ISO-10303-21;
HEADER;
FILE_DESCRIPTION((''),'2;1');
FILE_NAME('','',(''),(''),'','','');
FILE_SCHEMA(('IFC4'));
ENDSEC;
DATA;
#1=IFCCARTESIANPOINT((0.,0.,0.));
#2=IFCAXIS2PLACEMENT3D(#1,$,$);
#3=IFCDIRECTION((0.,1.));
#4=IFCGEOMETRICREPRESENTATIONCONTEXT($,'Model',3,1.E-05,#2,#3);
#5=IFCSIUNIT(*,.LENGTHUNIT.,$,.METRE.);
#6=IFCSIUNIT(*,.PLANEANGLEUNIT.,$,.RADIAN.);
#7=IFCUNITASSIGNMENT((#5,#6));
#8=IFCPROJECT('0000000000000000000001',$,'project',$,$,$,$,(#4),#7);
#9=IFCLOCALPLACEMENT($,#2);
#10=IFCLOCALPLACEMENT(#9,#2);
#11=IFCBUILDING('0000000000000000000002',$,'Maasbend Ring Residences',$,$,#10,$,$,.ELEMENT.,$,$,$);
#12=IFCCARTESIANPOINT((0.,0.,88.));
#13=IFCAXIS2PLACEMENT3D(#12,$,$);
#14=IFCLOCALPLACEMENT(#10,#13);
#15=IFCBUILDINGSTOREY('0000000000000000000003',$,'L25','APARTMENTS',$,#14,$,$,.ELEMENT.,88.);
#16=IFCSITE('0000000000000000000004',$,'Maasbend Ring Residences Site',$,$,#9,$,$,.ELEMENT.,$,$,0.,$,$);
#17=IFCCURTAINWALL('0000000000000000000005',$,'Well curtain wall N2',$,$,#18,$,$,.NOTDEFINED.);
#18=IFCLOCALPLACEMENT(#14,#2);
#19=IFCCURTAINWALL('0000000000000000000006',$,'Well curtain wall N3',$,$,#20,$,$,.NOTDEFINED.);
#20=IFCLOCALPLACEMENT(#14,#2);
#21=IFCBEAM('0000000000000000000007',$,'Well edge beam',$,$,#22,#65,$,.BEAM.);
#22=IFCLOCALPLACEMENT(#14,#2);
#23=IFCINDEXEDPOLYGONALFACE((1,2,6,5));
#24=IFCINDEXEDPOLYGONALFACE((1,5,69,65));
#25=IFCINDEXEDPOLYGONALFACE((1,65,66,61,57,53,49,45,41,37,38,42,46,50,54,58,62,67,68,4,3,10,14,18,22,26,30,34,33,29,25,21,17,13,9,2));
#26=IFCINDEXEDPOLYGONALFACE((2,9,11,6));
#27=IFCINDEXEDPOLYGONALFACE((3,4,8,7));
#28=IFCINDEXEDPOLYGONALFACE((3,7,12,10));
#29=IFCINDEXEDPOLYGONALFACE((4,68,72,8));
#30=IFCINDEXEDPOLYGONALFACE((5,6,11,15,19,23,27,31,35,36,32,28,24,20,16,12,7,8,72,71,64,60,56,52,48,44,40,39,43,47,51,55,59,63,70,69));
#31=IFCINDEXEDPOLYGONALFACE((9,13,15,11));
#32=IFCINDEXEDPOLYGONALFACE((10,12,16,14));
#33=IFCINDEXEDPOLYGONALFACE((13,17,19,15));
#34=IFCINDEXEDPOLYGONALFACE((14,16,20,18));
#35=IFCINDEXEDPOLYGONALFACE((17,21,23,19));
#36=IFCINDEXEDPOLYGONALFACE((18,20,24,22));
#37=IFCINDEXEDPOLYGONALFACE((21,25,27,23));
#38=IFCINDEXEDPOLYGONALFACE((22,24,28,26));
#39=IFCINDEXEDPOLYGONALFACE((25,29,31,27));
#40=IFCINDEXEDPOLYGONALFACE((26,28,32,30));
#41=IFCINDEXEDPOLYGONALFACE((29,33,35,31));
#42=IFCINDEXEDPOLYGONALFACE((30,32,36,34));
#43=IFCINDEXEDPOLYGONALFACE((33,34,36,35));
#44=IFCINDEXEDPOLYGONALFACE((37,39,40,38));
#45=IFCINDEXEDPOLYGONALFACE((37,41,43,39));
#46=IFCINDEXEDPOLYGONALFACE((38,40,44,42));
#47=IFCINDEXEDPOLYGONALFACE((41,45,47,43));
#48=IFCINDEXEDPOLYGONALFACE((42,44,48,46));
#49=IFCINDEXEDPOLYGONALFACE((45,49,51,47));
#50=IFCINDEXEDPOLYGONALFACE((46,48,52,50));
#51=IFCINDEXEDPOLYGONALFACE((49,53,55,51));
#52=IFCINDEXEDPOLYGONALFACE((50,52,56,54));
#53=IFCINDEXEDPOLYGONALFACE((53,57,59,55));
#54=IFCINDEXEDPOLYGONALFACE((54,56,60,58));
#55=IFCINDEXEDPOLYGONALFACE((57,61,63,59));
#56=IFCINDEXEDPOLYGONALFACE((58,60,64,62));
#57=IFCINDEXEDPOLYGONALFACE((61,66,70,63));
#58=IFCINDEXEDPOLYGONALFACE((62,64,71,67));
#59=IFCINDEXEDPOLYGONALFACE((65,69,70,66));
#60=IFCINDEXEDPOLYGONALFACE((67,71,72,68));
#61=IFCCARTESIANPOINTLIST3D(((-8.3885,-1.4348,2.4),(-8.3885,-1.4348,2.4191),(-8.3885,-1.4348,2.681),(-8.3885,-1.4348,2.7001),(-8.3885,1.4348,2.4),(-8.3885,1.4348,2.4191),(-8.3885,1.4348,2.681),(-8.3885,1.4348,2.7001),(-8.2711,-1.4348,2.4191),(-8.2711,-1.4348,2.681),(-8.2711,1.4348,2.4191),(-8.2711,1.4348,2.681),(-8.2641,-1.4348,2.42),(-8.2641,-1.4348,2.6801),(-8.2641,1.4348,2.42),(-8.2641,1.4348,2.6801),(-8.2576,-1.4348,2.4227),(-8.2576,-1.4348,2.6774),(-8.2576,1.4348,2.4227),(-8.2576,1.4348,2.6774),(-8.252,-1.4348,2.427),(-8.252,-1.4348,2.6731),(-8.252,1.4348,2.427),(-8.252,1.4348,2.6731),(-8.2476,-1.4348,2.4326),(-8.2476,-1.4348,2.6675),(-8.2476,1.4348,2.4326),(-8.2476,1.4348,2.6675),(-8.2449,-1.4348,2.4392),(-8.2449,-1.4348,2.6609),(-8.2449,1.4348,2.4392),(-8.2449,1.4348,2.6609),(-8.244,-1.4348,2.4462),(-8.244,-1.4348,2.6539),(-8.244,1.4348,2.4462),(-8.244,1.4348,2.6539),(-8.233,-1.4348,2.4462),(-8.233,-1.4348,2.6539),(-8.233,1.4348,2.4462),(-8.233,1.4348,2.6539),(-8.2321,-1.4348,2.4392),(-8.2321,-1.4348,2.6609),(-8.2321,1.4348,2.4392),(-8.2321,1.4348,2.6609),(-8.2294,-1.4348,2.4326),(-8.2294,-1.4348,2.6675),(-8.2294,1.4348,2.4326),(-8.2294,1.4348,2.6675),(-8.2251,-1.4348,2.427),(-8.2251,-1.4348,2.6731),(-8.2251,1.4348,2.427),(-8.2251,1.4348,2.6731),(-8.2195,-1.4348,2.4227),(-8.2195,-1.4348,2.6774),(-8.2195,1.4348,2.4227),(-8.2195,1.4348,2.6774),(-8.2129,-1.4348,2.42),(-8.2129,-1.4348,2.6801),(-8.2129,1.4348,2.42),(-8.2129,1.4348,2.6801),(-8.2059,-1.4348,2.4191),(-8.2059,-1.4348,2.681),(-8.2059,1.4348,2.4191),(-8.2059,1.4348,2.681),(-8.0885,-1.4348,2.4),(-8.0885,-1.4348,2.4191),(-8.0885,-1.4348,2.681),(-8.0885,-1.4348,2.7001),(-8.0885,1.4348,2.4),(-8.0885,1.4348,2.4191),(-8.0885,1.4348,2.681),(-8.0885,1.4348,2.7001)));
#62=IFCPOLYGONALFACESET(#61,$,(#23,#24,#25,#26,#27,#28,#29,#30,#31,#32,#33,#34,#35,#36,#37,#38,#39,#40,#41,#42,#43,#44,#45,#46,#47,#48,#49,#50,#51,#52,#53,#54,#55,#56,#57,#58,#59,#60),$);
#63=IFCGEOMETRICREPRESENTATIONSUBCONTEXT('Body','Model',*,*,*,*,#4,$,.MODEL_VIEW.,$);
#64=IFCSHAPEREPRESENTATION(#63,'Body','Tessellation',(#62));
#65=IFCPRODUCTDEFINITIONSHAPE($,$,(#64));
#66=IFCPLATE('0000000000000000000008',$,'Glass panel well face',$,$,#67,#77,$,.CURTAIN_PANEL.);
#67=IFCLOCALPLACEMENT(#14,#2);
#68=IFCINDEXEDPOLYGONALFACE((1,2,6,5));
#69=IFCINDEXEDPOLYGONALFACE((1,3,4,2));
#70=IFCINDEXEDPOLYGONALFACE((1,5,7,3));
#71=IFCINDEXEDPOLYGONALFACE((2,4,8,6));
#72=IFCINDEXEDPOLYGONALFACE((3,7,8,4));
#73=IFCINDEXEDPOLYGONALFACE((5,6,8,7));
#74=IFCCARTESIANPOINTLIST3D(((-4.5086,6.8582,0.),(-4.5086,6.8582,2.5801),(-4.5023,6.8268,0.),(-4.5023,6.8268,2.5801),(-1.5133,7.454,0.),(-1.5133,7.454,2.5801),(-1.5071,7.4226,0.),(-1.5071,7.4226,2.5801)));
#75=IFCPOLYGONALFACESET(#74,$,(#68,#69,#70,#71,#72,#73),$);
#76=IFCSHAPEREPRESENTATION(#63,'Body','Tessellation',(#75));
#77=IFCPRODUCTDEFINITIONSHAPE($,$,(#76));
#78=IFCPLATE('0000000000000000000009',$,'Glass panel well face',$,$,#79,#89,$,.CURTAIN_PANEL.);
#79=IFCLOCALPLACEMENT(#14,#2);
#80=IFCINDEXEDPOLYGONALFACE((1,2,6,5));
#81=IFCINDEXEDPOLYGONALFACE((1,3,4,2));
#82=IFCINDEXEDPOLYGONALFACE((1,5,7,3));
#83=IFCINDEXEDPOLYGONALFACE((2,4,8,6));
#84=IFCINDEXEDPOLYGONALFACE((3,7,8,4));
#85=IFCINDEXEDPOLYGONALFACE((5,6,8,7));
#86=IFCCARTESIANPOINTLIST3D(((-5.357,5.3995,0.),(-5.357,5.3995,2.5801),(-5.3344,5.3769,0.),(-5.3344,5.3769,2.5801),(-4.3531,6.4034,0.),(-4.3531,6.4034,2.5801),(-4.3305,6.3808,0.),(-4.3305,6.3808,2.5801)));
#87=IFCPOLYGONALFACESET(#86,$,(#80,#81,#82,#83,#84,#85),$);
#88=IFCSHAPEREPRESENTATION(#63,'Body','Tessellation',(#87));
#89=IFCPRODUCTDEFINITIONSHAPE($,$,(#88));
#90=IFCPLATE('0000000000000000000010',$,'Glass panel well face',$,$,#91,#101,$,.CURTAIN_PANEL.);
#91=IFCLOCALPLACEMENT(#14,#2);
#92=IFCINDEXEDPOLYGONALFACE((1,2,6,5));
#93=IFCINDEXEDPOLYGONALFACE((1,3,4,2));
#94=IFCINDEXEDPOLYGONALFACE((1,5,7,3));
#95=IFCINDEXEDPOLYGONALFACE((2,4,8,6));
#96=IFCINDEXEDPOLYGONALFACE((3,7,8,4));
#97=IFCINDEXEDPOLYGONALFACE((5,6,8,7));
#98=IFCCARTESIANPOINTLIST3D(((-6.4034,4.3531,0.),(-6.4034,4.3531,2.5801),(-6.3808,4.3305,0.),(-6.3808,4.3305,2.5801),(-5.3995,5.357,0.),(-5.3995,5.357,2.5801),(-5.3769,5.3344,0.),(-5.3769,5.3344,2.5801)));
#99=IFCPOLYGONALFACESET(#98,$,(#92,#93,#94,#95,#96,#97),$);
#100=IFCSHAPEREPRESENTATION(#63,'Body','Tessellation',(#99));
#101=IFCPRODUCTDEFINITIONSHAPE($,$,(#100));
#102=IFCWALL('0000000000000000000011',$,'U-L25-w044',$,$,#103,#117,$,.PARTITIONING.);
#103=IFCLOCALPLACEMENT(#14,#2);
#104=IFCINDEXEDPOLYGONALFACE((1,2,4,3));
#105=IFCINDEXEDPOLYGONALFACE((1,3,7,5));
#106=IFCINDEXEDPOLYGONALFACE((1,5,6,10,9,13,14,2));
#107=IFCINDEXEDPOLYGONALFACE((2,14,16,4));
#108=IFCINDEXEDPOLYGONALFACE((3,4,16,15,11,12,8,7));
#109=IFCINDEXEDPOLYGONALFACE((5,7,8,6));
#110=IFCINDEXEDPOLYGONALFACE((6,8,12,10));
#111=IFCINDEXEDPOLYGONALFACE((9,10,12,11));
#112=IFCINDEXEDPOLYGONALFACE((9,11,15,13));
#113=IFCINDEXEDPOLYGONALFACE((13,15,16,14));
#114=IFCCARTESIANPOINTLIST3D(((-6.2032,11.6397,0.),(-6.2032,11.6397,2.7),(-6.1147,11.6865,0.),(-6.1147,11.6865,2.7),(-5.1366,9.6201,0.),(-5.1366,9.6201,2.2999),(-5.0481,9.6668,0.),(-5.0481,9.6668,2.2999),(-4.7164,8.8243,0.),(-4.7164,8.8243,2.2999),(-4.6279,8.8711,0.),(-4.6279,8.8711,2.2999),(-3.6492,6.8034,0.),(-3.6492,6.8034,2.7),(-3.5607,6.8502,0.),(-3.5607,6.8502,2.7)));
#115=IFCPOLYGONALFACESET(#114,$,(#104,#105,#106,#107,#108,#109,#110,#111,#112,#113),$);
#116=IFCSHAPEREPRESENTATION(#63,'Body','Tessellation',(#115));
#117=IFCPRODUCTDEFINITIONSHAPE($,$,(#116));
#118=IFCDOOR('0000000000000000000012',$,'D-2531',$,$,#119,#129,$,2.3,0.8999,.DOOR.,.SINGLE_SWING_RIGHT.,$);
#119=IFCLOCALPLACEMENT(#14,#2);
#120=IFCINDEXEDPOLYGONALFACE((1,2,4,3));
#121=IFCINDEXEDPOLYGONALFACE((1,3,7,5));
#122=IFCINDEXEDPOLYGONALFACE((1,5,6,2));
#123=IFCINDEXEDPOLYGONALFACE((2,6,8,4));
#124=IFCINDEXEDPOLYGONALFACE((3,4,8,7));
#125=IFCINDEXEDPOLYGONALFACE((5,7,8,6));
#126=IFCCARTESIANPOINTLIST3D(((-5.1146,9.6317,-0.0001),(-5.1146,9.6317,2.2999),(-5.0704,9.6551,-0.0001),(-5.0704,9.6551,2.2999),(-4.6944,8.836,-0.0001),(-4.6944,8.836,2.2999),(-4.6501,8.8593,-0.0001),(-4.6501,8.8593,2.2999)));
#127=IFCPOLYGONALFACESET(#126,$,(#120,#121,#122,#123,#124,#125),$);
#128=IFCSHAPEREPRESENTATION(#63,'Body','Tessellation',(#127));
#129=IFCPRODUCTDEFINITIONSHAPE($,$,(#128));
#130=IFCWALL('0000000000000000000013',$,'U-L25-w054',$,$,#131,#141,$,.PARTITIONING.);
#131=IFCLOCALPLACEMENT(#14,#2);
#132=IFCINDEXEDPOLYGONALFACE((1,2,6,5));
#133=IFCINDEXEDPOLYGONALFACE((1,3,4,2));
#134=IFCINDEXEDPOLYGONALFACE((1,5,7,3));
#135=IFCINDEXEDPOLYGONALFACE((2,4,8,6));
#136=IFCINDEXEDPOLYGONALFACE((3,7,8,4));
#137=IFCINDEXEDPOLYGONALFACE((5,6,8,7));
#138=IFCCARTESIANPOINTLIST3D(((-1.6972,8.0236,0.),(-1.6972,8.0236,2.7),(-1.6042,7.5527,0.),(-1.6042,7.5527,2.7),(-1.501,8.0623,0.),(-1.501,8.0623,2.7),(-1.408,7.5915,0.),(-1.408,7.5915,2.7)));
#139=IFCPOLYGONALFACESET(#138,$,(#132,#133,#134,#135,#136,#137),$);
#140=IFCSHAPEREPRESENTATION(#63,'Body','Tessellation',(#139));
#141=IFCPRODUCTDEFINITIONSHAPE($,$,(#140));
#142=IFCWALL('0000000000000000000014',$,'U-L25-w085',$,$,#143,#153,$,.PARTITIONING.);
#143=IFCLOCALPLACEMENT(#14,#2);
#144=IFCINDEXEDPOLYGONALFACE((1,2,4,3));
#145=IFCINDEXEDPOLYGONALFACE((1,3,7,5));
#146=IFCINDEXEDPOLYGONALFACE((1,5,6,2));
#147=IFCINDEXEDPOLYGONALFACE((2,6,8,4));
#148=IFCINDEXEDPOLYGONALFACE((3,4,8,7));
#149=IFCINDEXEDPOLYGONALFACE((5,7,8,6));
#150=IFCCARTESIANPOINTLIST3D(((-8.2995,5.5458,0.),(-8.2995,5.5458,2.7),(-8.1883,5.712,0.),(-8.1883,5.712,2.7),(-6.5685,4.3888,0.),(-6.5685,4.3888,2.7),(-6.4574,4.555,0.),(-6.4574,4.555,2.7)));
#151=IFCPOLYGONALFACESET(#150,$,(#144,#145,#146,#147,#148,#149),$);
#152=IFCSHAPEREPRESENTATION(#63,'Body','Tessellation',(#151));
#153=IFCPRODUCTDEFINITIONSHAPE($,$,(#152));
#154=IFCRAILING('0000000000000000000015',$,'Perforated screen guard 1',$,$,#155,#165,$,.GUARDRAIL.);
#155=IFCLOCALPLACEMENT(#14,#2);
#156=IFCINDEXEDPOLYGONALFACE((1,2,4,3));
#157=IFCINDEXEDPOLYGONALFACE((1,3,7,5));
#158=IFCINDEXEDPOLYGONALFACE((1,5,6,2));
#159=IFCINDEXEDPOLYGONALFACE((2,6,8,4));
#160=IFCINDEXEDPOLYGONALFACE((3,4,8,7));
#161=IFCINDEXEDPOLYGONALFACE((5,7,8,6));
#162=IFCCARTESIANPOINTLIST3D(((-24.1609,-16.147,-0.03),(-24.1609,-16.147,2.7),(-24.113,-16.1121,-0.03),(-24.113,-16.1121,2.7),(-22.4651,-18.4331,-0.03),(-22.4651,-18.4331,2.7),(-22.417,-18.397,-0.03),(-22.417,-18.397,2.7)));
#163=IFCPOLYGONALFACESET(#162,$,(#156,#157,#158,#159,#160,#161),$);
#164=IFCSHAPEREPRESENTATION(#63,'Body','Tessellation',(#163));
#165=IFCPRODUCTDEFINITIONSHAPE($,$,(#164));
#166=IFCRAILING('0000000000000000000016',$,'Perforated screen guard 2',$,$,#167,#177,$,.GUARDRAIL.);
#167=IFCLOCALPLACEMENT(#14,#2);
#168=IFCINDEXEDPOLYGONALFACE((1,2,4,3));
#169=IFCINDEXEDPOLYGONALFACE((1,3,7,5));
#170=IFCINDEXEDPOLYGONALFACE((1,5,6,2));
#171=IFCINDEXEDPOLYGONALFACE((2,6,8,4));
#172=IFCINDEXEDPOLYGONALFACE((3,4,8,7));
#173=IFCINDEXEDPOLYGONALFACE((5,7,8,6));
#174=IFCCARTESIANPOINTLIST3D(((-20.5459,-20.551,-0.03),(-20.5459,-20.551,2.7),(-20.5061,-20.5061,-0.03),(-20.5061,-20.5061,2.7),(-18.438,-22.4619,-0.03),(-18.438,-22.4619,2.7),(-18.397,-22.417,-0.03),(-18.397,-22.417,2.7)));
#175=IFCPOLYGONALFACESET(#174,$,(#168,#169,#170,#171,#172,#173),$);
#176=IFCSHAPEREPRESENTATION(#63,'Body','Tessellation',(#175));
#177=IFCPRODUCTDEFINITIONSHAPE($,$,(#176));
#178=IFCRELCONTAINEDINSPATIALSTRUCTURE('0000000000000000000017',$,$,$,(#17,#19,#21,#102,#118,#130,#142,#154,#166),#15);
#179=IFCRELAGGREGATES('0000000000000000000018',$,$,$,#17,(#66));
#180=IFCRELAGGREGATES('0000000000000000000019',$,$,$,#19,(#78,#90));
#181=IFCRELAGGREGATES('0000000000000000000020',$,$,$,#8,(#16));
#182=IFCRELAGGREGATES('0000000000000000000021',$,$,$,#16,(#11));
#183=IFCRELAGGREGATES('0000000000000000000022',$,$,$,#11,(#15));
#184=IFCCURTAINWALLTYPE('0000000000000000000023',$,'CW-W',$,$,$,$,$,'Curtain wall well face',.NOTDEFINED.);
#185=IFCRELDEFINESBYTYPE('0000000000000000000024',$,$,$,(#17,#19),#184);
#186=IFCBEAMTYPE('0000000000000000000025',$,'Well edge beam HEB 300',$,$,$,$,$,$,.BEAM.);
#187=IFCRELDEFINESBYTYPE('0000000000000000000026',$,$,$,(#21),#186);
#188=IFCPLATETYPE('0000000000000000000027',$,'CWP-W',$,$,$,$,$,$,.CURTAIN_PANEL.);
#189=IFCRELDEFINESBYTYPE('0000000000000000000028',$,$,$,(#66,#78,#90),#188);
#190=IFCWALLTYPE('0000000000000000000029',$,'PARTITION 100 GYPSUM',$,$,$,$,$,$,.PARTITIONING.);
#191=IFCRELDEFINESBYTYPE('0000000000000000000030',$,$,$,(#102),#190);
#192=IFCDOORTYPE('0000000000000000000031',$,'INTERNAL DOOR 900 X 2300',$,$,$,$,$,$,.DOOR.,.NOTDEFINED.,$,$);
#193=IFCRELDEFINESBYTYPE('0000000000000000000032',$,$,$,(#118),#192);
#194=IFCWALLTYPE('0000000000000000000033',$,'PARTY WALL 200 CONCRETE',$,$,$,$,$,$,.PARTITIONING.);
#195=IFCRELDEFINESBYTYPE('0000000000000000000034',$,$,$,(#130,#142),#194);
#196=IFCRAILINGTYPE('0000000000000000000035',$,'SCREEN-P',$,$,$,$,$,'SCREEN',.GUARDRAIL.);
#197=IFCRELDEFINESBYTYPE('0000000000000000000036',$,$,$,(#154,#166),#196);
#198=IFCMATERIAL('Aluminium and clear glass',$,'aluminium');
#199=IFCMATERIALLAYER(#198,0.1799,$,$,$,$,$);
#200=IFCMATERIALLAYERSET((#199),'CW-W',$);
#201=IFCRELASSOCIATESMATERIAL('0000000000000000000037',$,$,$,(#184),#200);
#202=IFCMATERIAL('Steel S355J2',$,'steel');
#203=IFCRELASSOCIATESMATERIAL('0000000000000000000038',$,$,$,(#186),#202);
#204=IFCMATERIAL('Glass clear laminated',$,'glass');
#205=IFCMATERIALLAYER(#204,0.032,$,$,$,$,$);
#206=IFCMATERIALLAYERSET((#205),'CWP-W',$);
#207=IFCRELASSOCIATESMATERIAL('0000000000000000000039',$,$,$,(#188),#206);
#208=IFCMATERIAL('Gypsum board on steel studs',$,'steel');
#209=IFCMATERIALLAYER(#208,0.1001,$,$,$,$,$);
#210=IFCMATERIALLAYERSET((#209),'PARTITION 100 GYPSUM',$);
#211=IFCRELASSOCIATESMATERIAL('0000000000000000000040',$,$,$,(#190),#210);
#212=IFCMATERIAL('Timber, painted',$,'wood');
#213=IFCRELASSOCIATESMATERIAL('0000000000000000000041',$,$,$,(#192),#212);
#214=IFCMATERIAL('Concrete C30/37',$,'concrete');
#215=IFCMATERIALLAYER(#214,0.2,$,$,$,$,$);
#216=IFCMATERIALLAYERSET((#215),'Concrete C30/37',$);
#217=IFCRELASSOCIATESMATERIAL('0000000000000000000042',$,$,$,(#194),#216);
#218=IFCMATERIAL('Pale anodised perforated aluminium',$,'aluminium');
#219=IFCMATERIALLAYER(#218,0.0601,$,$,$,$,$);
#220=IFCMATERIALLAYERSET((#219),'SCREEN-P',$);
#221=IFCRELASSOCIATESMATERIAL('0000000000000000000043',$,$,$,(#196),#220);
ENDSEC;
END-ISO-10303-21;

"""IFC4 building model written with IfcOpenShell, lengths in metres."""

from ifc_helpers import new_model, si_unit, direction, frame, frame_2d, origin, origin_2d, place, context, subcontext, project, spatial, polyline, rectangle, i_section, outline, extrude, material, layer, layer_set, material_profile, profile_set, type_object, element, fill, aggregate, save


model = new_model("IFC4")

# Units and contexts
model_context = context("Model", 3, precision=1e-05, world=origin(), true_north=direction((0.0, 1.0)))
body_context = subcontext(model_context, "Body", "Model", "MODEL_VIEW")
ifc_project = project(units=[si_unit("LENGTHUNIT", "METRE"), si_unit("PLANEANGLEUNIT", "RADIAN")], contexts=[model_context])

# Site, building, storey
site_placement = place(None, origin())
site = spatial("IfcSite", under=ifc_project, at=site_placement, Name="Maasbend Ring Residences Site", CompositionType="ELEMENT", RefElevation=0.0)
building_placement = place(site_placement, origin())
building = spatial("IfcBuilding", under=site, at=building_placement, Name="Maasbend Ring Residences", CompositionType="ELEMENT")
storey_placement = place(building_placement, frame((0.0, 0.0, 88.0)))
storey = spatial("IfcBuildingStorey", under=building, at=storey_placement, Name="L25", Description="APARTMENTS", CompositionType="ELEMENT", Elevation=88.0)

# Curtain walls
ifc_material_1 = material(Name="Aluminium and clear glass", Category="aluminium")
ifc_layer_1 = layer(ifc_material_1, 0.1799)
ifc_layer_set_1 = layer_set([ifc_layer_1], Name="CW-W")
curtain_wall_type = type_object("IfcCurtainWallType", Name="CW-W", ElementType="Curtain wall well face", PredefinedType="NOTDEFINED", material=ifc_layer_set_1)
curtain_wall_1_placement = place(storey_placement, origin())
curtain_wall_1 = element("IfcCurtainWall", 1, at=curtain_wall_1_placement, inside=storey, type_object=curtain_wall_type, Name="Well curtain wall N2", PredefinedType="NOTDEFINED")
curtain_wall_2_placement = place(storey_placement, origin())
curtain_wall_2 = element("IfcCurtainWall", 2, at=curtain_wall_2_placement, inside=storey, type_object=curtain_wall_type, Name="Well curtain wall N3", PredefinedType="NOTDEFINED")

# Beam
ifc_material_2 = material(Name="Steel S355J2", Category="steel")
ifc_material_profile_1 = material_profile(ifc_material_2, i_section(OverallWidth=0.3, OverallDepth=0.3, WebThickness=0.011, FlangeThickness=0.019, FilletRadius=0.0271, at=origin_2d()), Name="HEB 300")
ifc_profile_set_1 = profile_set([ifc_material_profile_1], Name="Steel S355J2")
beam_type = type_object("IfcBeamType", Name="Well edge beam HEB 300", PredefinedType="BEAM", material=ifc_profile_set_1)
beam_1_placement = place(storey_placement, frame((-8.2385, 1.4348, 2.55), z_axis=(0.0, -1.0, 0.0), x_axis=(1.0, 0.0, 0.0)))
element("IfcBeam", 3, at=beam_1_placement, inside=storey, type_object=beam_type, Name="Well edge beam", PredefinedType="BEAM", context=body_context, shape_type="SweptSolid", body=[
    extrude(i_section(OverallWidth=0.3, OverallDepth=0.3, WebThickness=0.011, FlangeThickness=0.019, FilletRadius=0.0271, at=origin_2d()), origin(), (0.0, 0.0, 1.0), 2.8696),
])

# Plates
ifc_material_3 = material(Name="Glass clear laminated", Category="glass")
ifc_layer_2 = layer(ifc_material_3, 0.032)
ifc_layer_set_2 = layer_set([ifc_layer_2], Name="CWP-W")
plate_type = type_object("IfcPlateType", Name="CWP-W", PredefinedType="CURTAIN_PANEL", material=ifc_layer_set_2)
plate_1_placement = place(storey_placement, frame((-3.0078, 7.1404, 0.0), z_axis=(0.0, 0.0, 1.0), x_axis=(-0.980785, -0.19509, 0.0)))
plate_1 = element("IfcPlate", 4, at=plate_1_placement, type_object=plate_type, Name="Glass panel well face", PredefinedType="CURTAIN_PANEL", context=body_context, shape_type="SweptSolid", body=[
    extrude(rectangle(XDim=3.054, YDim=0.032, at=origin_2d()), origin(), (0.0, 0.0, 1.0), 2.5801),
])
aggregate(curtain_wall_1, [plate_1])
plate_2_placement = place(storey_placement, frame((-4.8438, 5.8901, 0.0), z_axis=(0.0, 0.0, 1.0), x_axis=(-0.707107, -0.707107, 0.0)))
plate_2 = element("IfcPlate", 5, at=plate_2_placement, type_object=plate_type, Name="Glass panel well face", PredefinedType="CURTAIN_PANEL", context=body_context, shape_type="SweptSolid", body=[
    extrude(rectangle(XDim=1.4197, YDim=0.032, at=origin_2d()), origin(), (0.0, 0.0, 1.0), 2.5801),
])
plate_3_placement = place(storey_placement, frame((-5.8901, 4.8438, 0.0), z_axis=(0.0, 0.0, 1.0), x_axis=(-0.707107, -0.707107, 0.0)))
plate_3 = element("IfcPlate", 6, at=plate_3_placement, type_object=plate_type, Name="Glass panel well face", PredefinedType="CURTAIN_PANEL", context=body_context, shape_type="SweptSolid", body=[
    extrude(rectangle(XDim=1.4197, YDim=0.032, at=origin_2d()), origin(), (0.0, 0.0, 1.0), 2.5801),
])
aggregate(curtain_wall_2, [plate_2, plate_3])

# Wall, opening, door
ifc_material_4 = material(Name="Gypsum board on steel studs", Category="steel")
ifc_layer_3 = layer(ifc_material_4, 0.1001)
ifc_layer_set_3 = layer_set([ifc_layer_3], Name="PARTITION 100 GYPSUM")
wall_type_1 = type_object("IfcWallType", Name="PARTITION 100 GYPSUM", PredefinedType="PARTITIONING", material=ifc_layer_set_3)
wall_1_placement = place(storey_placement, frame((-6.1589, 11.6631, 0.0), z_axis=(0.0, 0.0, 1.0), x_axis=(0.466977, -0.88427, 0.0)))
wall_1 = element("IfcWall", 7, at=wall_1_placement, inside=storey, type_object=wall_type_1, Name="U-L25-w044", PredefinedType="PARTITIONING", context=body_context, shape_type="SweptSolid", body=[
    extrude(rectangle(XDim=5.4692, YDim=0.1001, at=frame_2d((2.7346, 0.0))), origin(), (0.0, 0.0, 1.0), 2.7),
])
opening_placement = place(wall_1_placement, frame((2.2839, 0.0, 0.0)))
opening = element("IfcOpeningElement", 8, at=opening_placement, cuts=wall_1, PredefinedType="OPENING", context=body_context, shape_type="SweptSolid", body=[
    extrude(rectangle(XDim=0.8999, YDim=2.3, at=frame_2d((0.45, 1.1499))), frame((0.0, 0.0601, 0.0), z_axis=(0.0, -1.0, 0.0), x_axis=(1.0, 0.0, 0.0)), (0.0, 0.0, 1.0), 0.1201),
])
ifc_material_5 = material(Name="Timber, painted", Category="wood")
door_type = type_object("IfcDoorType", Name="INTERNAL DOOR 900 X 2300", OperationType="NOTDEFINED", PredefinedType="DOOR", material=ifc_material_5)
door_placement = place(opening_placement, origin())
door = element("IfcDoor", 9, at=door_placement, inside=storey, type_object=door_type, Name="D-2531", OperationType="SINGLE_SWING_RIGHT", OverallHeight=2.3, OverallWidth=0.8999, PredefinedType="DOOR", context=body_context, shape_type="SweptSolid", body=[
    extrude(rectangle(XDim=0.8999, YDim=2.3, at=frame_2d((0.45, 1.1499))), frame((0.0, 0.0249, 0.0), z_axis=(0.0, -1.0, 0.0), x_axis=(1.0, 0.0, 0.0)), (0.0, 0.0, 1.0), 0.05),
])
fill(opening, door)

# Walls
ifc_material_6 = material(Name="Concrete C30/37", Category="concrete")
ifc_layer_4 = layer(ifc_material_6, 0.2)
ifc_layer_set_4 = layer_set([ifc_layer_4], Name="Concrete C30/37")
wall_type_2 = type_object("IfcWallType", Name="PARTY WALL 200 CONCRETE", PredefinedType="PARTITIONING", material=ifc_layer_set_4)
wall_2_placement = place(storey_placement, frame((-1.5991, 8.043, 0.0), z_axis=(0.0, 0.0, 1.0), x_axis=(0.193768, -0.981047, 0.0)))
element("IfcWall", 10, at=wall_2_placement, inside=storey, type_object=wall_type_2, Name="U-L25-w054", PredefinedType="PARTITIONING", context=body_context, shape_type="SweptSolid", body=[
    extrude(rectangle(XDim=0.48, YDim=0.2, at=frame_2d((0.24, 0.0))), origin(), (0.0, 0.0, 1.0), 2.7),
])
wall_3_placement = place(storey_placement, frame((-6.5129, 4.4719, 0.0), z_axis=(0.0, 0.0, 1.0), x_axis=(-0.831382, 0.555701, 0.0)))
element("IfcWall", 11, at=wall_3_placement, inside=storey, type_object=wall_type_2, Name="U-L25-w085", PredefinedType="PARTITIONING", context=body_context, shape_type="SweptSolid", body=[
    extrude(rectangle(XDim=2.082, YDim=0.2, at=frame_2d((1.041, 0.0))), origin(), (0.0, 0.0, 1.0), 2.7),
])

# Railings
ifc_material_7 = material(Name="Pale anodised perforated aluminium", Category="aluminium")
ifc_layer_5 = layer(ifc_material_7, 0.0601)
ifc_layer_set_5 = layer_set([ifc_layer_5], Name="SCREEN-P")
railing_type = type_object("IfcRailingType", Name="SCREEN-P", ElementType="SCREEN", PredefinedType="GUARDRAIL", material=ifc_layer_set_5)
railing_1_placement = place(storey_placement, frame((0.0, 0.0, -0.03)))
element("IfcRailing", 12, at=railing_1_placement, inside=storey, type_object=railing_type, Name="Perforated screen guard 1", PredefinedType="GUARDRAIL", context=body_context, shape_type="SweptSolid", body=[
    extrude(outline(polyline([(-24.113, -16.1121), (-22.417, -18.397), (-22.4651, -18.4331), (-24.1609, -16.147), (-24.113, -16.1121)])), origin(), (0.0, 0.0, 1.0), 2.73),
])
railing_2_placement = place(storey_placement, frame((0.0, 0.0, -0.03)))
element("IfcRailing", 13, at=railing_2_placement, inside=storey, type_object=railing_type, Name="Perforated screen guard 2", PredefinedType="GUARDRAIL", context=body_context, shape_type="SweptSolid", body=[
    extrude(outline(polyline([(-20.5061, -20.5061), (-18.397, -22.417), (-18.438, -22.4619), (-20.5459, -20.551), (-20.5061, -20.5061)])), origin(), (0.0, 0.0, 1.0), 2.73),
])

save(model, "model.ifc")
